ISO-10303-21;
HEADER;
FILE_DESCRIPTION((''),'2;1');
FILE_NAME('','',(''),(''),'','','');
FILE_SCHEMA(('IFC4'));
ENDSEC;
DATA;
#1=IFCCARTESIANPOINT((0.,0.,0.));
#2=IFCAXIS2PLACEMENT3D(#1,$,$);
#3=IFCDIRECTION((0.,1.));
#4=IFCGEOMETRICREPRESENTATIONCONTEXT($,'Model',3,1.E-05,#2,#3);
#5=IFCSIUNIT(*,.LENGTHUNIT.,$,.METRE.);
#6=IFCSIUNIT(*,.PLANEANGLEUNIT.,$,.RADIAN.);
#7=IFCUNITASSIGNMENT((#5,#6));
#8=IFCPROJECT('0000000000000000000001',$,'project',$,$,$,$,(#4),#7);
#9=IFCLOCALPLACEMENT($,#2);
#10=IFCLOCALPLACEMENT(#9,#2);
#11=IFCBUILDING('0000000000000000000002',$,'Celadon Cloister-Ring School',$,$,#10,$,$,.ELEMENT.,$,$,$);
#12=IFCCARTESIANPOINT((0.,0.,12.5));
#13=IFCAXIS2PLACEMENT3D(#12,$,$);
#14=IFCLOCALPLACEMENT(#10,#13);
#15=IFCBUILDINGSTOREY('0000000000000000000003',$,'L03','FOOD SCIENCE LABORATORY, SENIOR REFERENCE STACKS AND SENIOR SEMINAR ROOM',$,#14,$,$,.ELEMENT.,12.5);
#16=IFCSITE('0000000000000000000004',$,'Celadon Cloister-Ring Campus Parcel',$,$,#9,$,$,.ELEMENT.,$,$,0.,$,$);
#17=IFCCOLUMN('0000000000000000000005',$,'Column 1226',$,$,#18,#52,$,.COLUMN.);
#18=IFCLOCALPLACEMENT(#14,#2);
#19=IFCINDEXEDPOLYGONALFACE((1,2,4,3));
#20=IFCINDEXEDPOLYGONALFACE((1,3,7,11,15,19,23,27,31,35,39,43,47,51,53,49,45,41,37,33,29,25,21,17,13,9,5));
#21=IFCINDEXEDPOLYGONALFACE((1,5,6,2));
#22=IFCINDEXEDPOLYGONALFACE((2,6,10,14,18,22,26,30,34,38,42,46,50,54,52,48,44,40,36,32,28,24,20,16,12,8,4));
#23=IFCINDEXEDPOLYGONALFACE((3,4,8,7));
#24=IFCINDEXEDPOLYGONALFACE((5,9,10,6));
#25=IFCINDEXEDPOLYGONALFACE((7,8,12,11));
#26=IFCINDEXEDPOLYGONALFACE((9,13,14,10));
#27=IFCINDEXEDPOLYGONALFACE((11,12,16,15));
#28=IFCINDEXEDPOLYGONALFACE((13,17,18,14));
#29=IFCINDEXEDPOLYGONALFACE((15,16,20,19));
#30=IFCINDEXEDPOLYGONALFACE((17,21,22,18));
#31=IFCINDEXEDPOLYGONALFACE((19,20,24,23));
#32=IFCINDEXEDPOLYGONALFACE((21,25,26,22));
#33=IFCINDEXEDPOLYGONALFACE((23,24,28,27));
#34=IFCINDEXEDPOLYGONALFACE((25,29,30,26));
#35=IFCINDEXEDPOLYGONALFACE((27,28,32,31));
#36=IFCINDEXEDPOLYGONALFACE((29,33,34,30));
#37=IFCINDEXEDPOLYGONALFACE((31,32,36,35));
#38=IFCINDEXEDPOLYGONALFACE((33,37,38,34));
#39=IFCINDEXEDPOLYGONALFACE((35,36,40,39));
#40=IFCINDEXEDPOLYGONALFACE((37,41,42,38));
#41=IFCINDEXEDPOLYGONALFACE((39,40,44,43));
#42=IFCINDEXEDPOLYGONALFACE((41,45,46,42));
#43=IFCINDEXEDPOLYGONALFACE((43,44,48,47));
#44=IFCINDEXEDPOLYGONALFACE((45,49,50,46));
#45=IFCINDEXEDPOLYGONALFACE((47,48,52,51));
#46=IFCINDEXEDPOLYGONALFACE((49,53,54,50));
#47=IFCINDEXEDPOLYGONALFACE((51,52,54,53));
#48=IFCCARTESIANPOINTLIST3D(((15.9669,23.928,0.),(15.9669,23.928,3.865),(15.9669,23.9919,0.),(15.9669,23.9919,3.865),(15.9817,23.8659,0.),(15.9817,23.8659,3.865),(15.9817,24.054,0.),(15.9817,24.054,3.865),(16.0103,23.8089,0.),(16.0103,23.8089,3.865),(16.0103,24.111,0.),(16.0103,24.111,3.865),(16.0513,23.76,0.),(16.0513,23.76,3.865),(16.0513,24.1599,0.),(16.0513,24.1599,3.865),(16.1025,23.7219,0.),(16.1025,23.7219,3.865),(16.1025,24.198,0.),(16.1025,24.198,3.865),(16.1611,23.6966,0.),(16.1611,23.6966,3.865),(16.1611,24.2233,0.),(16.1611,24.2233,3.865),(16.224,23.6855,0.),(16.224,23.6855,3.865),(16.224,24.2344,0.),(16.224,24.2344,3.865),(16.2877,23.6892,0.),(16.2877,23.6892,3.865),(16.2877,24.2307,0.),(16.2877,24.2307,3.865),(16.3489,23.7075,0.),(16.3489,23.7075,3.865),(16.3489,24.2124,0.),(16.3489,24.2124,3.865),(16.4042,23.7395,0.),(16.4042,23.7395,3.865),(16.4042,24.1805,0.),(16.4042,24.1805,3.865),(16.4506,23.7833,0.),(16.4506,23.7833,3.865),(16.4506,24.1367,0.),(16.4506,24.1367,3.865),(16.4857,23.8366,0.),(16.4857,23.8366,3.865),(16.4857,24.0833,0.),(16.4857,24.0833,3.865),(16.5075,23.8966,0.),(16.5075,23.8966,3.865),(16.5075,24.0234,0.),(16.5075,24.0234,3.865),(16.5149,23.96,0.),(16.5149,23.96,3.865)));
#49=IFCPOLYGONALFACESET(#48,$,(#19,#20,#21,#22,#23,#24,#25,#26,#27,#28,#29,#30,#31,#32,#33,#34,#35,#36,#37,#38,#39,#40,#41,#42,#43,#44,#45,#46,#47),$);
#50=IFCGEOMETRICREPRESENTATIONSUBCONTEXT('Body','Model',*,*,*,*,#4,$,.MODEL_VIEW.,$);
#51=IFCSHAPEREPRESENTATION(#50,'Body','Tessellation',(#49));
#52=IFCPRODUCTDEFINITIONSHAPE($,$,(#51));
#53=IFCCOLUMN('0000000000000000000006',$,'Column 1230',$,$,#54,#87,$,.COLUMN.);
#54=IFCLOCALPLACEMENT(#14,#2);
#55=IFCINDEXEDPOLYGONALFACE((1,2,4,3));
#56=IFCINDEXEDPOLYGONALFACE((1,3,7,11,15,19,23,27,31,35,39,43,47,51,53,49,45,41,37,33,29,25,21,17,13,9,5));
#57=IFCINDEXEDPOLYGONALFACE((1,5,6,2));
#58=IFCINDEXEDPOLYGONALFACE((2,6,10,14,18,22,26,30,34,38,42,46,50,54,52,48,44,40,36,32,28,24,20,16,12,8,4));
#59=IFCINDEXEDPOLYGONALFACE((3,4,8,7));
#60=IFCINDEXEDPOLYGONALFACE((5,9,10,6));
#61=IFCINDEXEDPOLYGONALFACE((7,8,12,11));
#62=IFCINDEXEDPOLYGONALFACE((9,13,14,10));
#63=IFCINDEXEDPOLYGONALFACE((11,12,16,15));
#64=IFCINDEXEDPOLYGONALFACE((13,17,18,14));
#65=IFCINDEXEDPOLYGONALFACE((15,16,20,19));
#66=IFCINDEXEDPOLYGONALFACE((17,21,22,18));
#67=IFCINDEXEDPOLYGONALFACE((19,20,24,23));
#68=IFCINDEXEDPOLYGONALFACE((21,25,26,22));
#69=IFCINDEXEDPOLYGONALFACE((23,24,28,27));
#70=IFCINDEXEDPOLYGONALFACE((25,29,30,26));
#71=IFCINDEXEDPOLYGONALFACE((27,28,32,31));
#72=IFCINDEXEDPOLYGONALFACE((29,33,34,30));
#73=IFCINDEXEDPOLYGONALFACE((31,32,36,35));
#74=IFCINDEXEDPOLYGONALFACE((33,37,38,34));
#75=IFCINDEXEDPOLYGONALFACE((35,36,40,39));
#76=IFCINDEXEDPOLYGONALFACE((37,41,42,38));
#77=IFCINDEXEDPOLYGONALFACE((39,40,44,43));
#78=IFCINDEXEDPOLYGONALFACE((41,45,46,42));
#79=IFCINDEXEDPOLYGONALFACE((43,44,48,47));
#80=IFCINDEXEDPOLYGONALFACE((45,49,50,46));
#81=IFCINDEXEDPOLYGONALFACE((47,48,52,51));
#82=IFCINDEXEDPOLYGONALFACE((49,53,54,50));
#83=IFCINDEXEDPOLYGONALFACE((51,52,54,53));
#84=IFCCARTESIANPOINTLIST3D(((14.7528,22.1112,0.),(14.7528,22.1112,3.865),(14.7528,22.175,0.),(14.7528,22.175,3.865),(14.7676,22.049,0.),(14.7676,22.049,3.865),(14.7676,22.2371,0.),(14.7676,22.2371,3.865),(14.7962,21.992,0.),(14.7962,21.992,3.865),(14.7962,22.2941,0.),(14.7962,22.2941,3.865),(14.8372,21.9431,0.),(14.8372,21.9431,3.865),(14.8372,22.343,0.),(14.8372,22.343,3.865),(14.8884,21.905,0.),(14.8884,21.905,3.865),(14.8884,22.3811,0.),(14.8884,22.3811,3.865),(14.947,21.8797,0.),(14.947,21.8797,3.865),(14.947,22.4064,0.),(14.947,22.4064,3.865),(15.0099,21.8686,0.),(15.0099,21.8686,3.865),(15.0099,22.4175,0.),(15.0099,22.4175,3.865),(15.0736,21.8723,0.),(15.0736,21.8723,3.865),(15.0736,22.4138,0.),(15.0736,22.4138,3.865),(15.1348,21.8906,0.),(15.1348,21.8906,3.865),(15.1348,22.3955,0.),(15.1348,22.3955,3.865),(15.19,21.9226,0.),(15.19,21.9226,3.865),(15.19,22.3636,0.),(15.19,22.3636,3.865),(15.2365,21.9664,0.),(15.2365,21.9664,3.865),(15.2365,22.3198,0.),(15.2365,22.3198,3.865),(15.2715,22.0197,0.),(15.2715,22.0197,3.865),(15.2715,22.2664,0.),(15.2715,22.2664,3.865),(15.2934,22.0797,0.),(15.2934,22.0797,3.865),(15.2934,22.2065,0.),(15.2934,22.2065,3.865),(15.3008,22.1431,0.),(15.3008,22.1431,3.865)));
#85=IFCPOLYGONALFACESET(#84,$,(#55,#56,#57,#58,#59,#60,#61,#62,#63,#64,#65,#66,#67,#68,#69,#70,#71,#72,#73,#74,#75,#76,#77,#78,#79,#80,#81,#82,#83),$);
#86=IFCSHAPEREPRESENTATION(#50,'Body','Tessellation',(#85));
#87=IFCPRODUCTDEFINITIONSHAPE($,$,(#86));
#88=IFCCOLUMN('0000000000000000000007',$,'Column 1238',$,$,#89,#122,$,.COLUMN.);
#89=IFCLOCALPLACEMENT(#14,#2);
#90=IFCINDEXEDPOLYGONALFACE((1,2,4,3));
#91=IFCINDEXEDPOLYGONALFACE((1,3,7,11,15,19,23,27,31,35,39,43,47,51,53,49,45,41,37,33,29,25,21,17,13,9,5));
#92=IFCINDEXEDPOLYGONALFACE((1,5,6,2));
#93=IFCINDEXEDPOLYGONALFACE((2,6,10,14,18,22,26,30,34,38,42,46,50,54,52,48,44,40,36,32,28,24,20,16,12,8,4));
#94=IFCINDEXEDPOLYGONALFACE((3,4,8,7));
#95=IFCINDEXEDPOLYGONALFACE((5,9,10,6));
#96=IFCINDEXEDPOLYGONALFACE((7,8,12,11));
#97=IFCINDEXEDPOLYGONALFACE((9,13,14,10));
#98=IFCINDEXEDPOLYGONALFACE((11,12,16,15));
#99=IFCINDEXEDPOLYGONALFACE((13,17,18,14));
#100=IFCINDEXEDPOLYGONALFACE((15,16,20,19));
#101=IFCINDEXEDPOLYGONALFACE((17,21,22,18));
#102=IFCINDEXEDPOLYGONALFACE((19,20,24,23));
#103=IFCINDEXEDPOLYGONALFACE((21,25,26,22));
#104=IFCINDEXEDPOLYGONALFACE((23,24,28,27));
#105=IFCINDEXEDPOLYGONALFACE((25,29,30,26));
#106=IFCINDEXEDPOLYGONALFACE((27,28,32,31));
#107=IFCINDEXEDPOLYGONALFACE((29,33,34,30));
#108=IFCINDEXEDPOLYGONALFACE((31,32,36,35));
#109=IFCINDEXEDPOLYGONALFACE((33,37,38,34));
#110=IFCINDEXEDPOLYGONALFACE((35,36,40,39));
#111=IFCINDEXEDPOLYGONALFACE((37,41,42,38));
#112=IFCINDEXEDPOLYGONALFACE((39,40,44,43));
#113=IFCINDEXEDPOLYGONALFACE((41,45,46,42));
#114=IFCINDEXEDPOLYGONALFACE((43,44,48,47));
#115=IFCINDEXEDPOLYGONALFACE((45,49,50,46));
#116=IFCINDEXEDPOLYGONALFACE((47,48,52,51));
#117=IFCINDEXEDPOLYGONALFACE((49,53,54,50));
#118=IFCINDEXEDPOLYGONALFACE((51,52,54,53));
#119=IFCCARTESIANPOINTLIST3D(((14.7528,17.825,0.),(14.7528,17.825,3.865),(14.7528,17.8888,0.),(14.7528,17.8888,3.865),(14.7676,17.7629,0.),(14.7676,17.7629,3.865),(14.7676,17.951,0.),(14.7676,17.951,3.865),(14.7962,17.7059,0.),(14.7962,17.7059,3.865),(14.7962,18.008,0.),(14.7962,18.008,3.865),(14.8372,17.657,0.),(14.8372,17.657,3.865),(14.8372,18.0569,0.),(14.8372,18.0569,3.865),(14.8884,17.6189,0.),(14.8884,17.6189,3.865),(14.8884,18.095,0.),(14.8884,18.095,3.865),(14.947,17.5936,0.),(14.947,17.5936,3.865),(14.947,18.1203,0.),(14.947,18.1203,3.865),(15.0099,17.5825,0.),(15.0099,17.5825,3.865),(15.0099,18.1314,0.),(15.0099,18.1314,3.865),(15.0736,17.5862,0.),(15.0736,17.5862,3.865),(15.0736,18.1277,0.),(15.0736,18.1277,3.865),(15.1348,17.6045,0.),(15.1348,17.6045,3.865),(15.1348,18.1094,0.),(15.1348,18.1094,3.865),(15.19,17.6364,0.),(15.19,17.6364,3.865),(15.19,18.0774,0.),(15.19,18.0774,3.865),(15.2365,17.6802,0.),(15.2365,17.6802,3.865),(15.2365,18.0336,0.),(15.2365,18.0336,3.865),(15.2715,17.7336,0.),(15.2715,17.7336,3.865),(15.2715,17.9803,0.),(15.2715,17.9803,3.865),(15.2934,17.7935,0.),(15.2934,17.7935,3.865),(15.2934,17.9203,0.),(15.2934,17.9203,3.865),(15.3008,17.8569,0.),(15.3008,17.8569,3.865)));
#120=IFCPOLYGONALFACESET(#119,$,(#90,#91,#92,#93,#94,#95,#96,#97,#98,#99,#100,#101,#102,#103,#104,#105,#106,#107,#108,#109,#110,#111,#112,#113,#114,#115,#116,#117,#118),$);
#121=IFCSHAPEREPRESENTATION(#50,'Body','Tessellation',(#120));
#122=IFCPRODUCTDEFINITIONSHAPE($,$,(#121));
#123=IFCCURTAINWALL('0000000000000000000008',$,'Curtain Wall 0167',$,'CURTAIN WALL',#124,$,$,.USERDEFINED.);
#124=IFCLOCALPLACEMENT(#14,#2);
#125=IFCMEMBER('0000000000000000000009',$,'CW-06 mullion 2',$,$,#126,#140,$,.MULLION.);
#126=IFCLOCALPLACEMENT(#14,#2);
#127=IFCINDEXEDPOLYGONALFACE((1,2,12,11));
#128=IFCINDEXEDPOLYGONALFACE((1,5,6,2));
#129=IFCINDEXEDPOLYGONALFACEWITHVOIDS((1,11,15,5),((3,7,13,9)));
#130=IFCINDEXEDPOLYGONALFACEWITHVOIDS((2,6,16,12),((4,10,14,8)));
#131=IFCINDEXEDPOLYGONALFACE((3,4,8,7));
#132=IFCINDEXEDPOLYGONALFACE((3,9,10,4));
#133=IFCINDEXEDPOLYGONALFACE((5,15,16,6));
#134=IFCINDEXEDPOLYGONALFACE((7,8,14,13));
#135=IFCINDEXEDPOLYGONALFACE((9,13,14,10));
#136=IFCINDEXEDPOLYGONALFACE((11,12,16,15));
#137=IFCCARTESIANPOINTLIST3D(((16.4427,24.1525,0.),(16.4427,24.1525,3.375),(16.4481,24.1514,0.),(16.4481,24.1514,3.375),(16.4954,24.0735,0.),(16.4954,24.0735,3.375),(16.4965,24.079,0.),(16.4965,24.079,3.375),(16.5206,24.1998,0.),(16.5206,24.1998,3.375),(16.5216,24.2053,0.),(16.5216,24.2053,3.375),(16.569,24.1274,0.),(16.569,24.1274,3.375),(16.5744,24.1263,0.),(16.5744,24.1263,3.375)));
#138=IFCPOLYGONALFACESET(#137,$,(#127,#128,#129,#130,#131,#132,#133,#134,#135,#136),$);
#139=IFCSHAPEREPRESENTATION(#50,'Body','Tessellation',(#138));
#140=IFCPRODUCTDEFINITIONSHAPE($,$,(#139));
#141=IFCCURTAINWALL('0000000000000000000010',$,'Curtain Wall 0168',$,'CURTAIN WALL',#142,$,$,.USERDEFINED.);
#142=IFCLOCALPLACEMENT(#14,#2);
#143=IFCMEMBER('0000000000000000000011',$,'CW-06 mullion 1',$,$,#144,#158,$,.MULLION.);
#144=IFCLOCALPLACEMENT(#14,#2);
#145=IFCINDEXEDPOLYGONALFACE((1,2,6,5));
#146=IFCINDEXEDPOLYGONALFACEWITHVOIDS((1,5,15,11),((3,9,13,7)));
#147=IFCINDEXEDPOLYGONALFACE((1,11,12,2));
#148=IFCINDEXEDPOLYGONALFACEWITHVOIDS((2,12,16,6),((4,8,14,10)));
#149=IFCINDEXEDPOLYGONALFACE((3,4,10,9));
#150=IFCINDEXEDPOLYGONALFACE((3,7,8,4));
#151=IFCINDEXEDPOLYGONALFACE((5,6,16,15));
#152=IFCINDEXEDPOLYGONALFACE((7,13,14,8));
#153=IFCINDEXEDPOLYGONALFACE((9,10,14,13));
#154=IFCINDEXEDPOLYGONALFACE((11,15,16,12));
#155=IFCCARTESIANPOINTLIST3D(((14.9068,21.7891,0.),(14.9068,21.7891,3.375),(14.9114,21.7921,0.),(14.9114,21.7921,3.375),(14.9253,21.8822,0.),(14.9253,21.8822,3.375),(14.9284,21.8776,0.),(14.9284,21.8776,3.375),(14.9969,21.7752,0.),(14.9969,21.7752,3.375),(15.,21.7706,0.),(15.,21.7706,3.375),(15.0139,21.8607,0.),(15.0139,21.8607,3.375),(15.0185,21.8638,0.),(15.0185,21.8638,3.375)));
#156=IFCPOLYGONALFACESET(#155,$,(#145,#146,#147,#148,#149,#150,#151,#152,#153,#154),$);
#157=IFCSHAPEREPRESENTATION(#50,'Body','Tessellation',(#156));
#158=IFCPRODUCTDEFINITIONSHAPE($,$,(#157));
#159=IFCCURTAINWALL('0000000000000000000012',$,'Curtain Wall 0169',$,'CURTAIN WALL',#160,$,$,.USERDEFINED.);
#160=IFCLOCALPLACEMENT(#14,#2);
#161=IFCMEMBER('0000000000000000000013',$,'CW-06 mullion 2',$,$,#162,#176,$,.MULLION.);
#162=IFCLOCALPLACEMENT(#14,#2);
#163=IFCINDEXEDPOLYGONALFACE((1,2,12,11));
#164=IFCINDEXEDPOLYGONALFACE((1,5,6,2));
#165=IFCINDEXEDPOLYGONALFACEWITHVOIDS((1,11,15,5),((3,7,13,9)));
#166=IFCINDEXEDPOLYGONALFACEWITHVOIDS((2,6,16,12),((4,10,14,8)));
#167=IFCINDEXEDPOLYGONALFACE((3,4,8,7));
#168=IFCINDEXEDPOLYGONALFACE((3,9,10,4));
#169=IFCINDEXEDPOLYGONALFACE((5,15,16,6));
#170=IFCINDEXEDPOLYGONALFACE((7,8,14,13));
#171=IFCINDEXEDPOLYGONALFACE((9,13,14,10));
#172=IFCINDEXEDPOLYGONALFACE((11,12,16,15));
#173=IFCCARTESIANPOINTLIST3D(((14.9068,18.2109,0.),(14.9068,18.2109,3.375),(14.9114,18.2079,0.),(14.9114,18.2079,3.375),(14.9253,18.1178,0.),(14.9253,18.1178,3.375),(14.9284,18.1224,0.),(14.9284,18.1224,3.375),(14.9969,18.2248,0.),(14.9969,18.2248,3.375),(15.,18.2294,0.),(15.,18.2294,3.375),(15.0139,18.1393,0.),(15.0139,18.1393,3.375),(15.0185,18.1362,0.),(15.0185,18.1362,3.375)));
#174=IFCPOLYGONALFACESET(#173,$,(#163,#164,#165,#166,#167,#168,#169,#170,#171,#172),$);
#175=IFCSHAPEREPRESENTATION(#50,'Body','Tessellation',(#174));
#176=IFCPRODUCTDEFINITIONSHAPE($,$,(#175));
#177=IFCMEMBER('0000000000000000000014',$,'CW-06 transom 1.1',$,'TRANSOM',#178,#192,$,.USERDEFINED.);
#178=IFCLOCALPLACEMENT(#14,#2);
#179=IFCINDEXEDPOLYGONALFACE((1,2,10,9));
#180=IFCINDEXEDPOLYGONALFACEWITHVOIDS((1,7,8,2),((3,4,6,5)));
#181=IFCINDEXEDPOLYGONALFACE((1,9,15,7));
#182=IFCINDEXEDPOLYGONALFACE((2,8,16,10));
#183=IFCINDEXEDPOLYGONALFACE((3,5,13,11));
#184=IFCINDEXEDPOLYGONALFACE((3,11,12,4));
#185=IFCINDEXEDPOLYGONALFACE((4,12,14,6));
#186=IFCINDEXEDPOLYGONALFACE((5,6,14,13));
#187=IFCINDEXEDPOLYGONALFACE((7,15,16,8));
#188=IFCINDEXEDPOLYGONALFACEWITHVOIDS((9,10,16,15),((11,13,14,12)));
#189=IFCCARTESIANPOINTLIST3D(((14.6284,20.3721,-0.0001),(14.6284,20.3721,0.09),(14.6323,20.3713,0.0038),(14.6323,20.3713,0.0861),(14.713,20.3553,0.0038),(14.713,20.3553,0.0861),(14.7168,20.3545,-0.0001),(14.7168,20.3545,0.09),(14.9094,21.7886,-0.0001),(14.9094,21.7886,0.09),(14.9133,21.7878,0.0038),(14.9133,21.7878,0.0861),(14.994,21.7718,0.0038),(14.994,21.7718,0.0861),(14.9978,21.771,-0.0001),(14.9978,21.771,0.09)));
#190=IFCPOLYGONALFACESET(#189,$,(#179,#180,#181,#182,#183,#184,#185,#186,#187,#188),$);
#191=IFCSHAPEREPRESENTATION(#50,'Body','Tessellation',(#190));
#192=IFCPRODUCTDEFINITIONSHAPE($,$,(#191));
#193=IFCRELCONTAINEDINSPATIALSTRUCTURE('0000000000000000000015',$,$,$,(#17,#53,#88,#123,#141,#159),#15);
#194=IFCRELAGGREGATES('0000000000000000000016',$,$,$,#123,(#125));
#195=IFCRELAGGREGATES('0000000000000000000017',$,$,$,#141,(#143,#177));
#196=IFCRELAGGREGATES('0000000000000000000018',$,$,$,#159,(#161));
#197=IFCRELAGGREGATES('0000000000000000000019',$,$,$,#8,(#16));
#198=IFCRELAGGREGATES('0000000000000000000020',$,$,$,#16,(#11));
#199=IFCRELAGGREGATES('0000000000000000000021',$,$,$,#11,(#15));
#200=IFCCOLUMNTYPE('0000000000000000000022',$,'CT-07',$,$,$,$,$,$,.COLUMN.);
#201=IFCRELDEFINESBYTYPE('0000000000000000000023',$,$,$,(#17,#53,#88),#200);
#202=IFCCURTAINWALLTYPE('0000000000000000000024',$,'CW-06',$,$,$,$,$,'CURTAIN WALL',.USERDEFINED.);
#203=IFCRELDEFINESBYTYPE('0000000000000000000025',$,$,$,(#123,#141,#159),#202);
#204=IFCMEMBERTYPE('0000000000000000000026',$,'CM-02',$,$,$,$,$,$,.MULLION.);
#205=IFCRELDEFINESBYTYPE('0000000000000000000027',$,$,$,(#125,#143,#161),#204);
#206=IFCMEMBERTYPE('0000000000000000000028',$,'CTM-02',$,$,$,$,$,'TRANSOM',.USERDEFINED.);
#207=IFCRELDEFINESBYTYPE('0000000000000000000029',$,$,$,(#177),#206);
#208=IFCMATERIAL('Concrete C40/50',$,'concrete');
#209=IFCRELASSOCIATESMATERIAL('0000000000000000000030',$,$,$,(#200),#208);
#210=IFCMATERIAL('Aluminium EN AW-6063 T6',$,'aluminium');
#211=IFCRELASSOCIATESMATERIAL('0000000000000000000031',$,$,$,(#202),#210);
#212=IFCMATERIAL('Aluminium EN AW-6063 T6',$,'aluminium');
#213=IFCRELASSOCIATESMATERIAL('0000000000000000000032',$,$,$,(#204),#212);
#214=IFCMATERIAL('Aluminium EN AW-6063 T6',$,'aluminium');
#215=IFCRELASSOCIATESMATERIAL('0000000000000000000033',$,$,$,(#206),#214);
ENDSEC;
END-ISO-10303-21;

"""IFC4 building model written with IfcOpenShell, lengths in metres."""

from ifc_helpers import new_model, si_unit, direction, frame, origin, origin_2d, place, context, subcontext, project, spatial, hollow_rectangle, circle, extrude, material, material_profile, profile_set, type_object, element, aggregate, save


model = new_model("IFC4")

# Units and contexts
model_context = context("Model", 3, precision=1e-05, world=origin(), true_north=direction((0.0, 1.0)))
body_context = subcontext(model_context, "Body", "Model", "MODEL_VIEW")
ifc_project = project(units=[si_unit("LENGTHUNIT", "METRE"), si_unit("PLANEANGLEUNIT", "RADIAN")], contexts=[model_context])

# Site, building, storey
site_placement = place(None, origin())
site = spatial("IfcSite", under=ifc_project, at=site_placement, Name="Celadon Cloister-Ring Campus Parcel", CompositionType="ELEMENT", RefElevation=0.0)
building_placement = place(site_placement, origin())
building = spatial("IfcBuilding", under=site, at=building_placement, Name="Celadon Cloister-Ring School", CompositionType="ELEMENT")
storey_placement = place(building_placement, frame((0.0, 0.0, 12.5)))
storey = spatial("IfcBuildingStorey", under=building, at=storey_placement, Name="L03", Description="FOOD SCIENCE LABORATORY, SENIOR REFERENCE STACKS AND SENIOR SEMINAR ROOM", CompositionType="ELEMENT", Elevation=12.5)

# Columns
ifc_material_1 = material(Name="Concrete C40/50", Category="concrete")
ifc_material_profile_1 = material_profile(ifc_material_1, circle(Radius=0.2749, at=origin_2d()), Name="CIRC550")
ifc_profile_set_1 = profile_set([ifc_material_profile_1], Name="Concrete C40/50")
column_type = type_object("IfcColumnType", Name="CT-07", PredefinedType="COLUMN", material=ifc_profile_set_1)
for number, where, z_axis, x_axis, name in (
    (1, (16.24, 23.96, 0.0), (0.0, 0.0, 1.0), (1.0, 0.0, 0.0), "Column 1226"),
    (2, (15.0259, 22.1431, 0.0), (0.0, 0.0, 1.0), (1.0, 0.0, 0.0), "Column 1230"),
    (3, (15.0259, 17.8569, 0.0), (0.0, 0.0, 1.0), (1.0, 0.0, 0.0), "Column 1238"),
):
    element("IfcColumn", number, at=place(storey_placement, frame(where, z_axis=z_axis, x_axis=x_axis)), inside=storey, type_object=column_type, Name=name, PredefinedType="COLUMN", context=body_context, shape_type="SweptSolid", body=[
        extrude(circle(Radius=0.2749, at=origin_2d()), origin(), (0.0, 0.0, 1.0), 3.865),
    ])

# Curtain walls, members
ifc_material_2 = material(Name="Aluminium EN AW-6063 T6", Category="aluminium")
curtain_wall_type = type_object("IfcCurtainWallType", Name="CW-06", ElementType="CURTAIN WALL", PredefinedType="USERDEFINED", material=ifc_material_2)
curtain_wall_1_placement = place(storey_placement, origin())
curtain_wall_1 = element("IfcCurtainWall", 4, at=curtain_wall_1_placement, inside=storey, type_object=curtain_wall_type, Name="Curtain Wall 0167", ObjectType="CURTAIN WALL", PredefinedType="USERDEFINED")
ifc_material_3 = material(Name="Aluminium EN AW-6063 T6", Category="aluminium")
ifc_material_profile_2 = material_profile(ifc_material_3, hollow_rectangle(XDim=0.095, YDim=0.095, WallThickness=0.0039, at=origin_2d()), Name="RHS95X95X4")
ifc_profile_set_2 = profile_set([ifc_material_profile_2], Name="Aluminium EN AW-6063 T6")
member_type_1 = type_object("IfcMemberType", Name="CM-02", PredefinedType="MULLION", material=ifc_profile_set_2)
member_1_placement = place(storey_placement, frame((16.5085, 24.1394, 0.0), z_axis=(0.0, 0.0, 1.0), x_axis=(0.555547, -0.831485, 0.0)))
member_1 = element("IfcMember", 5, at=member_1_placement, type_object=member_type_1, Name="CW-06 mullion 2", PredefinedType="MULLION", context=body_context, shape_type="SweptSolid", body=[
    extrude(hollow_rectangle(XDim=0.095, YDim=0.095, WallThickness=0.0039, at=origin_2d()), origin(), (0.0, 0.0, 1.0), 3.375),
])
curtain_wall_2_placement = place(storey_placement, origin())
curtain_wall_2 = element("IfcCurtainWall", 6, at=curtain_wall_2_placement, inside=storey, type_object=curtain_wall_type, Name="Curtain Wall 0168", ObjectType="CURTAIN WALL", PredefinedType="USERDEFINED")
member_2_placement = place(storey_placement, frame((14.9626, 21.8264, 0.0), z_axis=(0.0, 0.0, 1.0), x_axis=(0.980885, -0.194586, 0.0)))
member_2 = element("IfcMember", 7, at=member_2_placement, type_object=member_type_1, Name="CW-06 mullion 1", PredefinedType="MULLION", context=body_context, shape_type="SweptSolid", body=[
    extrude(hollow_rectangle(XDim=0.095, YDim=0.095, WallThickness=0.0039, at=origin_2d()), origin(), (0.0, 0.0, 1.0), 3.375),
])
curtain_wall_3_placement = place(storey_placement, origin())
curtain_wall_3 = element("IfcCurtainWall", 8, at=curtain_wall_3_placement, inside=storey, type_object=curtain_wall_type, Name="Curtain Wall 0169", ObjectType="CURTAIN WALL", PredefinedType="USERDEFINED")
member_3_placement = place(storey_placement, frame((14.9626, 18.1736, 0.0), z_axis=(0.0, 0.0, 1.0), x_axis=(0.980885, 0.194586, 0.0)))
member_3 = element("IfcMember", 9, at=member_3_placement, type_object=member_type_1, Name="CW-06 mullion 2", PredefinedType="MULLION", context=body_context, shape_type="SweptSolid", body=[
    extrude(hollow_rectangle(XDim=0.095, YDim=0.095, WallThickness=0.0039, at=origin_2d()), origin(), (0.0, 0.0, 1.0), 3.375),
])

# Member
ifc_material_4 = material(Name="Aluminium EN AW-6063 T6", Category="aluminium")
ifc_material_profile_3 = material_profile(ifc_material_4, hollow_rectangle(XDim=0.0901, YDim=0.0901, WallThickness=0.0039, at=origin_2d()), Name="RHS90X90X4")
ifc_profile_set_3 = profile_set([ifc_material_profile_3], Name="Aluminium EN AW-6063 T6")
member_type_2 = type_object("IfcMemberType", Name="CTM-02", ElementType="TRANSOM", PredefinedType="USERDEFINED", material=ifc_profile_set_3)
member_4_placement = place(storey_placement, frame((14.9536, 21.7798, 0.0449), z_axis=(-0.194588, -0.980885, 0.0), x_axis=(0.980885, -0.194588, 0.0)))
member_4 = element("IfcMember", 10, at=member_4_placement, type_object=member_type_2, Name="CW-06 transom 1.1", ObjectType="TRANSOM", PredefinedType="USERDEFINED", context=body_context, shape_type="SweptSolid", body=[
    extrude(hollow_rectangle(XDim=0.0901, YDim=0.0901, WallThickness=0.0039, at=origin_2d()), origin(), (0.0, 0.0, 1.0), 1.4441),
])

aggregate(curtain_wall_1, [member_1])
aggregate(curtain_wall_2, [member_2, member_4])
aggregate(curtain_wall_3, [member_3])

save(model, "model.ifc")
